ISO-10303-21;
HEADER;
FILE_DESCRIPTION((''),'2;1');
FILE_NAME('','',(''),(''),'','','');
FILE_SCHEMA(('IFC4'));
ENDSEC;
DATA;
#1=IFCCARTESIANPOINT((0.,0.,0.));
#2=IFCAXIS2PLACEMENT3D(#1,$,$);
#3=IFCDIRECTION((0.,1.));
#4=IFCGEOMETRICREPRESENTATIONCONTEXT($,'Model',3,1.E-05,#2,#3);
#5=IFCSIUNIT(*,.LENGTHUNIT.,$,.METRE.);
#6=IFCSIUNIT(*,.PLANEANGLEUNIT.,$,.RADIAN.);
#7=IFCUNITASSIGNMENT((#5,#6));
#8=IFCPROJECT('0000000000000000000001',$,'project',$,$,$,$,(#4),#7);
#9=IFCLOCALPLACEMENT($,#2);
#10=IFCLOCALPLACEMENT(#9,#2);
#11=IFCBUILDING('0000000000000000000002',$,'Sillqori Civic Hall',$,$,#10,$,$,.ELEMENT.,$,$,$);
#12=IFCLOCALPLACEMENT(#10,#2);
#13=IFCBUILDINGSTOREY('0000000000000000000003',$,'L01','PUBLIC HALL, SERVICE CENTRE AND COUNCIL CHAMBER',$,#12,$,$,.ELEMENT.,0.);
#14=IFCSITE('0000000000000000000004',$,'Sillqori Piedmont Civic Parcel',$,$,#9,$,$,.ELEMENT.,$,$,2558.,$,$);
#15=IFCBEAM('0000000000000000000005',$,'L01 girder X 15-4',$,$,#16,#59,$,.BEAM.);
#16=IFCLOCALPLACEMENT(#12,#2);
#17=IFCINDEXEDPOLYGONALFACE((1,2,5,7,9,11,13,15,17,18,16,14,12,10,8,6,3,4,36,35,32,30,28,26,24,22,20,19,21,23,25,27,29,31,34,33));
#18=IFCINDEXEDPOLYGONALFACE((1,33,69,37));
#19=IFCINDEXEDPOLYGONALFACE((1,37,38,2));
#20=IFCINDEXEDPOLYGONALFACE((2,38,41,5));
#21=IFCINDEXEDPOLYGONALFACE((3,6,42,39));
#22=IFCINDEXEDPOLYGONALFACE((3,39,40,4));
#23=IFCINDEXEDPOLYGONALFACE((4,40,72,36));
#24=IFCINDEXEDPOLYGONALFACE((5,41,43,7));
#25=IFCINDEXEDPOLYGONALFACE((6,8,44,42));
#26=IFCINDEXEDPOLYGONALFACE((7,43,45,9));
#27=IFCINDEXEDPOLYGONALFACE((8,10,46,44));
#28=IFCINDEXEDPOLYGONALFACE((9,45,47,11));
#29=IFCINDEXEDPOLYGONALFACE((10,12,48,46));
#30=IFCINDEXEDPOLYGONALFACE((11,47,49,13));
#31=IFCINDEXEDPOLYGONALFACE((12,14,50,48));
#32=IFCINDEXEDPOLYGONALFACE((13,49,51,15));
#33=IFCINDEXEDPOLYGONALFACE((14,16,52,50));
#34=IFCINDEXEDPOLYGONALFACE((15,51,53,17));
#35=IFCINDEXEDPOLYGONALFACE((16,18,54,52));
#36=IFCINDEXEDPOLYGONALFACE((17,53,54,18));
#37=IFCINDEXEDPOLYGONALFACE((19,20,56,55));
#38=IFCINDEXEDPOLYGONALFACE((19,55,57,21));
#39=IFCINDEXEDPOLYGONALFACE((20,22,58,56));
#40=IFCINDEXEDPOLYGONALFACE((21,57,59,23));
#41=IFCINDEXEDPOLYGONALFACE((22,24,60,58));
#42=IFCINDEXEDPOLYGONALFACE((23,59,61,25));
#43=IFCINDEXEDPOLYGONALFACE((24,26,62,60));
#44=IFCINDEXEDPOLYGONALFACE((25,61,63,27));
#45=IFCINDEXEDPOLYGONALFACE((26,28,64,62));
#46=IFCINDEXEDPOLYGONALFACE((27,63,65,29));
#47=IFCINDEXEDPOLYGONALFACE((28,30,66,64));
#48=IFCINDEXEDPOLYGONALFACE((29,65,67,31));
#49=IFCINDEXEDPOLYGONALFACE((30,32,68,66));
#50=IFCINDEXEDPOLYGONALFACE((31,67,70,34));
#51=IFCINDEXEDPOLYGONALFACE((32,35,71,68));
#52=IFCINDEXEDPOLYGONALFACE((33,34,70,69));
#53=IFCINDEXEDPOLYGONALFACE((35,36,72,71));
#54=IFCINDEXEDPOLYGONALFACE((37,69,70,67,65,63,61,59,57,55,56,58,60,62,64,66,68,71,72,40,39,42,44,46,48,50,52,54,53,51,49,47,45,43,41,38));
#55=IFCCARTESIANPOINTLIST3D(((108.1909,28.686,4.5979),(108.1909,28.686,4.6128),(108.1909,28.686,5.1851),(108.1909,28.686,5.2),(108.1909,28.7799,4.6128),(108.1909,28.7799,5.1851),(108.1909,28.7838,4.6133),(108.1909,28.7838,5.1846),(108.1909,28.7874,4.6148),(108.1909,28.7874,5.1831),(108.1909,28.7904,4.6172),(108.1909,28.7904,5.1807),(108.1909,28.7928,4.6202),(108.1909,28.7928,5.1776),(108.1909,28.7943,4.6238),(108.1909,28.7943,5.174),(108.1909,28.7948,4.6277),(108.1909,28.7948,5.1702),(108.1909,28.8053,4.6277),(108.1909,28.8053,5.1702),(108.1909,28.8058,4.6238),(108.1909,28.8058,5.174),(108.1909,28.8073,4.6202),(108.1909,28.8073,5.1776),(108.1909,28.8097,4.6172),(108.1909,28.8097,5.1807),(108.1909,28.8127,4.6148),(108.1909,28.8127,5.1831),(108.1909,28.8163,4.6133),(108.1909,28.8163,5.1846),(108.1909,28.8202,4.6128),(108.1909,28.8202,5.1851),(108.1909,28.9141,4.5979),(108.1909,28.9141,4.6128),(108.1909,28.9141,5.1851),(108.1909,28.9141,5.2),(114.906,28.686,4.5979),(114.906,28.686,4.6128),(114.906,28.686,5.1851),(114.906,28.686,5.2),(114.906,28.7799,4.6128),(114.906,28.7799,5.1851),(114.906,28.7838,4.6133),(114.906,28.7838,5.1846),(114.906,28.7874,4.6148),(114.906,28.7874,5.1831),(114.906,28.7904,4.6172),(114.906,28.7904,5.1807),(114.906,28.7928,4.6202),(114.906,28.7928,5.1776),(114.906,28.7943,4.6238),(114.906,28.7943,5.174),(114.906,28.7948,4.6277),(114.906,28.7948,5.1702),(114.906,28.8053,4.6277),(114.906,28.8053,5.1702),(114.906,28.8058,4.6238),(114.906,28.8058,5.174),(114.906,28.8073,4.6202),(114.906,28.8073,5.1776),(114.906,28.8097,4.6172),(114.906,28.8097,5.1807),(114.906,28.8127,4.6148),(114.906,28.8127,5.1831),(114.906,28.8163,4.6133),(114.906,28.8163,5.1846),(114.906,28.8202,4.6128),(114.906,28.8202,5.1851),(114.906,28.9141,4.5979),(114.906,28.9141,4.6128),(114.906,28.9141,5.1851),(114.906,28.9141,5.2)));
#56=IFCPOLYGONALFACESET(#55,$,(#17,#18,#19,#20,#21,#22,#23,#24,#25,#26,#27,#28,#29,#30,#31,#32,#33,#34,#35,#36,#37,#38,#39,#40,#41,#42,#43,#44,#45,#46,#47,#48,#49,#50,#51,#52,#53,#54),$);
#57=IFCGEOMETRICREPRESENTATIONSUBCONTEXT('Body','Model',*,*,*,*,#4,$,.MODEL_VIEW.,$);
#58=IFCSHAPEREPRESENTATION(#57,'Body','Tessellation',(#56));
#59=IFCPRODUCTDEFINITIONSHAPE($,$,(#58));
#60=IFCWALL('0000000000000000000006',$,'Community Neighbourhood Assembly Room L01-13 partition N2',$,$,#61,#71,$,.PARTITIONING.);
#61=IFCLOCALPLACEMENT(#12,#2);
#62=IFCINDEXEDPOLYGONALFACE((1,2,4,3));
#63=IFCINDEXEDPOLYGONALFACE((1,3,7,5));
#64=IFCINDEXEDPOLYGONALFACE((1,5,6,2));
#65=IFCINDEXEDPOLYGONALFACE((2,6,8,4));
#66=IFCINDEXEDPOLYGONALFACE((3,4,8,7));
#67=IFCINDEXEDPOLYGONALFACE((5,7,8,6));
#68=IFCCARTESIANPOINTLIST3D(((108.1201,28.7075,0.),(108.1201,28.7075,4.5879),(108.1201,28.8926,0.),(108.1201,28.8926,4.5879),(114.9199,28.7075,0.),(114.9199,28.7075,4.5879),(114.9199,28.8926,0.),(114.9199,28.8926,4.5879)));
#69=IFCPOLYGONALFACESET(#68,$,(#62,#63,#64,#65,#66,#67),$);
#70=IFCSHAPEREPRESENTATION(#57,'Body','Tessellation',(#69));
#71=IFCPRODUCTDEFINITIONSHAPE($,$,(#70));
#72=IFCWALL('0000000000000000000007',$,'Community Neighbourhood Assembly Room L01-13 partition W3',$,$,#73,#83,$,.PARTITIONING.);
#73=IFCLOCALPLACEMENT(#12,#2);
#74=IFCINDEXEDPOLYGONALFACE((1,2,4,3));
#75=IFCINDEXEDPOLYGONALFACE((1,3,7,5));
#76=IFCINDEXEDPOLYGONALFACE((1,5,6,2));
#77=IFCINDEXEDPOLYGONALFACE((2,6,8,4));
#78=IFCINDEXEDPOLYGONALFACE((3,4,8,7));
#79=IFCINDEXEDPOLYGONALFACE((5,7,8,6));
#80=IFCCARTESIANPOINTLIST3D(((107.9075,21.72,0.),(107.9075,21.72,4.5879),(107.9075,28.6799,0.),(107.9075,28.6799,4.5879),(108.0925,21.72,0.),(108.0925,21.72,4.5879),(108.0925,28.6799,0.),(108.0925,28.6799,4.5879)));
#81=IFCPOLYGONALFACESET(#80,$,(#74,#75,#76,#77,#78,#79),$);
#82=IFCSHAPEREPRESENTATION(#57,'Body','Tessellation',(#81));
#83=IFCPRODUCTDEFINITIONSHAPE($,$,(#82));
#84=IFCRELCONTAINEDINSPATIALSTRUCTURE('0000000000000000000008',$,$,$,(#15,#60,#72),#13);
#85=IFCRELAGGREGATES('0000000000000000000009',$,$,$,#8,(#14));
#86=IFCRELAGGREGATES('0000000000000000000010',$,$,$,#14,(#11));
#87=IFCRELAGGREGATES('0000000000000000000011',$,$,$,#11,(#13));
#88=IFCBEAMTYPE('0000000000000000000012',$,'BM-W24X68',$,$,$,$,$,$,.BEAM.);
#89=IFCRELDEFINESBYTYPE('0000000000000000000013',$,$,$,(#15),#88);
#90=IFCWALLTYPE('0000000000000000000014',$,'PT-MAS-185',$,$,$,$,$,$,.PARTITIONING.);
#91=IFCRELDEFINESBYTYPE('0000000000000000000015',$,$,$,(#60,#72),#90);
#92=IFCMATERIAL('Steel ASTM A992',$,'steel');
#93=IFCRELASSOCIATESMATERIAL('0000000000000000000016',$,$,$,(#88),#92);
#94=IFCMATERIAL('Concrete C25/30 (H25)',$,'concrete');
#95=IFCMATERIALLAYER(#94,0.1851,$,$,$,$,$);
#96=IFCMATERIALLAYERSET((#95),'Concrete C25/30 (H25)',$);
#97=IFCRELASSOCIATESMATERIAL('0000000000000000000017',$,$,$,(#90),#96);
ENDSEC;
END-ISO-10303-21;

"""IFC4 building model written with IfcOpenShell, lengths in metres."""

from ifc_helpers import new_model, si_unit, direction, frame, frame_2d, origin, origin_2d, place, context, subcontext, project, spatial, rectangle, i_section, extrude, material, layer, layer_set, material_profile, profile_set, type_object, element, save


model = new_model("IFC4")

# Units and contexts
model_context = context("Model", 3, precision=1e-05, world=origin(), true_north=direction((0.0, 1.0)))
body_context = subcontext(model_context, "Body", "Model", "MODEL_VIEW")
ifc_project = project(units=[si_unit("LENGTHUNIT", "METRE"), si_unit("PLANEANGLEUNIT", "RADIAN")], contexts=[model_context])

# Site, building, storey
site_placement = place(None, origin())
site = spatial("IfcSite", under=ifc_project, at=site_placement, Name="Sillqori Piedmont Civic Parcel", CompositionType="ELEMENT", RefElevation=2558.0)
building_placement = place(site_placement, origin())
building = spatial("IfcBuilding", under=site, at=building_placement, Name="Sillqori Civic Hall", CompositionType="ELEMENT")
storey_placement = place(building_placement, origin())
storey = spatial("IfcBuildingStorey", under=building, at=storey_placement, Name="L01", Description="PUBLIC HALL, SERVICE CENTRE AND COUNCIL CHAMBER", CompositionType="ELEMENT", Elevation=0.0)

# Shared definitions
ifc_material_1 = material(Name="Steel ASTM A992", Category="steel")

# Beam
ifc_material_profile_1 = material_profile(ifc_material_1, i_section(OverallWidth=0.228, OverallDepth=0.6021, WebThickness=0.0105, FlangeThickness=0.0149, FilletRadius=0.0149, at=origin_2d()), Name="W24X68")
ifc_profile_set_1 = profile_set([ifc_material_profile_1], Name="Steel ASTM A992")
beam_type_1 = type_object("IfcBeamType", Name="BM-W24X68", PredefinedType="BEAM", material=ifc_profile_set_1)
beam_1_placement = place(storey_placement, frame((108.1909, 28.8, 4.8989), z_axis=(1.0, 0.0, 0.0), x_axis=(0.0, 1.0, 0.0)))
element("IfcBeam", 1, at=beam_1_placement, inside=storey, type_object=beam_type_1, Name="L01 girder X 15-4", PredefinedType="BEAM", context=body_context, shape_type="SweptSolid", body=[
    extrude(i_section(OverallWidth=0.228, OverallDepth=0.6021, WebThickness=0.0105, FlangeThickness=0.0149, FilletRadius=0.0149, at=origin_2d()), origin(), (0.0, 0.0, 1.0), 6.7151),
])

# Walls
ifc_material_2 = material(Name="Concrete C25/30 (H25)", Category="concrete")
ifc_layer_1 = layer(ifc_material_2, 0.1851)
ifc_layer_set_1 = layer_set([ifc_layer_1], Name="Concrete C25/30 (H25)")
wall_type = type_object("IfcWallType", Name="PT-MAS-185", PredefinedType="PARTITIONING", material=ifc_layer_set_1)
wall_1_placement = place(storey_placement, frame((108.1201, 28.8, 0.0), z_axis=(0.0, 0.0, 1.0), x_axis=(1.0, 0.0, 0.0)))
element("IfcWall", 2, at=wall_1_placement, inside=storey, type_object=wall_type, Name="Community Neighbourhood Assembly Room L01-13 partition N2", PredefinedType="PARTITIONING", context=body_context, shape_type="SweptSolid", body=[
    extrude(rectangle(XDim=6.7998, YDim=0.1851, at=frame_2d((3.3999, 0.0))), origin(), (0.0, 0.0, 1.0), 4.5879),
])
wall_2_placement = place(storey_placement, frame((108.0, 21.72, 0.0), z_axis=(0.0, 0.0, 1.0), x_axis=(0.0, 1.0, 0.0)))
element("IfcWall", 3, at=wall_2_placement, inside=storey, type_object=wall_type, Name="Community Neighbourhood Assembly Room L01-13 partition W3", PredefinedType="PARTITIONING", context=body_context, shape_type="SweptSolid", body=[
    extrude(rectangle(XDim=6.96, YDim=0.1851, at=frame_2d((3.48, 0.0))), origin(), (0.0, 0.0, 1.0), 4.5879),
])

save(model, "model.ifc")
